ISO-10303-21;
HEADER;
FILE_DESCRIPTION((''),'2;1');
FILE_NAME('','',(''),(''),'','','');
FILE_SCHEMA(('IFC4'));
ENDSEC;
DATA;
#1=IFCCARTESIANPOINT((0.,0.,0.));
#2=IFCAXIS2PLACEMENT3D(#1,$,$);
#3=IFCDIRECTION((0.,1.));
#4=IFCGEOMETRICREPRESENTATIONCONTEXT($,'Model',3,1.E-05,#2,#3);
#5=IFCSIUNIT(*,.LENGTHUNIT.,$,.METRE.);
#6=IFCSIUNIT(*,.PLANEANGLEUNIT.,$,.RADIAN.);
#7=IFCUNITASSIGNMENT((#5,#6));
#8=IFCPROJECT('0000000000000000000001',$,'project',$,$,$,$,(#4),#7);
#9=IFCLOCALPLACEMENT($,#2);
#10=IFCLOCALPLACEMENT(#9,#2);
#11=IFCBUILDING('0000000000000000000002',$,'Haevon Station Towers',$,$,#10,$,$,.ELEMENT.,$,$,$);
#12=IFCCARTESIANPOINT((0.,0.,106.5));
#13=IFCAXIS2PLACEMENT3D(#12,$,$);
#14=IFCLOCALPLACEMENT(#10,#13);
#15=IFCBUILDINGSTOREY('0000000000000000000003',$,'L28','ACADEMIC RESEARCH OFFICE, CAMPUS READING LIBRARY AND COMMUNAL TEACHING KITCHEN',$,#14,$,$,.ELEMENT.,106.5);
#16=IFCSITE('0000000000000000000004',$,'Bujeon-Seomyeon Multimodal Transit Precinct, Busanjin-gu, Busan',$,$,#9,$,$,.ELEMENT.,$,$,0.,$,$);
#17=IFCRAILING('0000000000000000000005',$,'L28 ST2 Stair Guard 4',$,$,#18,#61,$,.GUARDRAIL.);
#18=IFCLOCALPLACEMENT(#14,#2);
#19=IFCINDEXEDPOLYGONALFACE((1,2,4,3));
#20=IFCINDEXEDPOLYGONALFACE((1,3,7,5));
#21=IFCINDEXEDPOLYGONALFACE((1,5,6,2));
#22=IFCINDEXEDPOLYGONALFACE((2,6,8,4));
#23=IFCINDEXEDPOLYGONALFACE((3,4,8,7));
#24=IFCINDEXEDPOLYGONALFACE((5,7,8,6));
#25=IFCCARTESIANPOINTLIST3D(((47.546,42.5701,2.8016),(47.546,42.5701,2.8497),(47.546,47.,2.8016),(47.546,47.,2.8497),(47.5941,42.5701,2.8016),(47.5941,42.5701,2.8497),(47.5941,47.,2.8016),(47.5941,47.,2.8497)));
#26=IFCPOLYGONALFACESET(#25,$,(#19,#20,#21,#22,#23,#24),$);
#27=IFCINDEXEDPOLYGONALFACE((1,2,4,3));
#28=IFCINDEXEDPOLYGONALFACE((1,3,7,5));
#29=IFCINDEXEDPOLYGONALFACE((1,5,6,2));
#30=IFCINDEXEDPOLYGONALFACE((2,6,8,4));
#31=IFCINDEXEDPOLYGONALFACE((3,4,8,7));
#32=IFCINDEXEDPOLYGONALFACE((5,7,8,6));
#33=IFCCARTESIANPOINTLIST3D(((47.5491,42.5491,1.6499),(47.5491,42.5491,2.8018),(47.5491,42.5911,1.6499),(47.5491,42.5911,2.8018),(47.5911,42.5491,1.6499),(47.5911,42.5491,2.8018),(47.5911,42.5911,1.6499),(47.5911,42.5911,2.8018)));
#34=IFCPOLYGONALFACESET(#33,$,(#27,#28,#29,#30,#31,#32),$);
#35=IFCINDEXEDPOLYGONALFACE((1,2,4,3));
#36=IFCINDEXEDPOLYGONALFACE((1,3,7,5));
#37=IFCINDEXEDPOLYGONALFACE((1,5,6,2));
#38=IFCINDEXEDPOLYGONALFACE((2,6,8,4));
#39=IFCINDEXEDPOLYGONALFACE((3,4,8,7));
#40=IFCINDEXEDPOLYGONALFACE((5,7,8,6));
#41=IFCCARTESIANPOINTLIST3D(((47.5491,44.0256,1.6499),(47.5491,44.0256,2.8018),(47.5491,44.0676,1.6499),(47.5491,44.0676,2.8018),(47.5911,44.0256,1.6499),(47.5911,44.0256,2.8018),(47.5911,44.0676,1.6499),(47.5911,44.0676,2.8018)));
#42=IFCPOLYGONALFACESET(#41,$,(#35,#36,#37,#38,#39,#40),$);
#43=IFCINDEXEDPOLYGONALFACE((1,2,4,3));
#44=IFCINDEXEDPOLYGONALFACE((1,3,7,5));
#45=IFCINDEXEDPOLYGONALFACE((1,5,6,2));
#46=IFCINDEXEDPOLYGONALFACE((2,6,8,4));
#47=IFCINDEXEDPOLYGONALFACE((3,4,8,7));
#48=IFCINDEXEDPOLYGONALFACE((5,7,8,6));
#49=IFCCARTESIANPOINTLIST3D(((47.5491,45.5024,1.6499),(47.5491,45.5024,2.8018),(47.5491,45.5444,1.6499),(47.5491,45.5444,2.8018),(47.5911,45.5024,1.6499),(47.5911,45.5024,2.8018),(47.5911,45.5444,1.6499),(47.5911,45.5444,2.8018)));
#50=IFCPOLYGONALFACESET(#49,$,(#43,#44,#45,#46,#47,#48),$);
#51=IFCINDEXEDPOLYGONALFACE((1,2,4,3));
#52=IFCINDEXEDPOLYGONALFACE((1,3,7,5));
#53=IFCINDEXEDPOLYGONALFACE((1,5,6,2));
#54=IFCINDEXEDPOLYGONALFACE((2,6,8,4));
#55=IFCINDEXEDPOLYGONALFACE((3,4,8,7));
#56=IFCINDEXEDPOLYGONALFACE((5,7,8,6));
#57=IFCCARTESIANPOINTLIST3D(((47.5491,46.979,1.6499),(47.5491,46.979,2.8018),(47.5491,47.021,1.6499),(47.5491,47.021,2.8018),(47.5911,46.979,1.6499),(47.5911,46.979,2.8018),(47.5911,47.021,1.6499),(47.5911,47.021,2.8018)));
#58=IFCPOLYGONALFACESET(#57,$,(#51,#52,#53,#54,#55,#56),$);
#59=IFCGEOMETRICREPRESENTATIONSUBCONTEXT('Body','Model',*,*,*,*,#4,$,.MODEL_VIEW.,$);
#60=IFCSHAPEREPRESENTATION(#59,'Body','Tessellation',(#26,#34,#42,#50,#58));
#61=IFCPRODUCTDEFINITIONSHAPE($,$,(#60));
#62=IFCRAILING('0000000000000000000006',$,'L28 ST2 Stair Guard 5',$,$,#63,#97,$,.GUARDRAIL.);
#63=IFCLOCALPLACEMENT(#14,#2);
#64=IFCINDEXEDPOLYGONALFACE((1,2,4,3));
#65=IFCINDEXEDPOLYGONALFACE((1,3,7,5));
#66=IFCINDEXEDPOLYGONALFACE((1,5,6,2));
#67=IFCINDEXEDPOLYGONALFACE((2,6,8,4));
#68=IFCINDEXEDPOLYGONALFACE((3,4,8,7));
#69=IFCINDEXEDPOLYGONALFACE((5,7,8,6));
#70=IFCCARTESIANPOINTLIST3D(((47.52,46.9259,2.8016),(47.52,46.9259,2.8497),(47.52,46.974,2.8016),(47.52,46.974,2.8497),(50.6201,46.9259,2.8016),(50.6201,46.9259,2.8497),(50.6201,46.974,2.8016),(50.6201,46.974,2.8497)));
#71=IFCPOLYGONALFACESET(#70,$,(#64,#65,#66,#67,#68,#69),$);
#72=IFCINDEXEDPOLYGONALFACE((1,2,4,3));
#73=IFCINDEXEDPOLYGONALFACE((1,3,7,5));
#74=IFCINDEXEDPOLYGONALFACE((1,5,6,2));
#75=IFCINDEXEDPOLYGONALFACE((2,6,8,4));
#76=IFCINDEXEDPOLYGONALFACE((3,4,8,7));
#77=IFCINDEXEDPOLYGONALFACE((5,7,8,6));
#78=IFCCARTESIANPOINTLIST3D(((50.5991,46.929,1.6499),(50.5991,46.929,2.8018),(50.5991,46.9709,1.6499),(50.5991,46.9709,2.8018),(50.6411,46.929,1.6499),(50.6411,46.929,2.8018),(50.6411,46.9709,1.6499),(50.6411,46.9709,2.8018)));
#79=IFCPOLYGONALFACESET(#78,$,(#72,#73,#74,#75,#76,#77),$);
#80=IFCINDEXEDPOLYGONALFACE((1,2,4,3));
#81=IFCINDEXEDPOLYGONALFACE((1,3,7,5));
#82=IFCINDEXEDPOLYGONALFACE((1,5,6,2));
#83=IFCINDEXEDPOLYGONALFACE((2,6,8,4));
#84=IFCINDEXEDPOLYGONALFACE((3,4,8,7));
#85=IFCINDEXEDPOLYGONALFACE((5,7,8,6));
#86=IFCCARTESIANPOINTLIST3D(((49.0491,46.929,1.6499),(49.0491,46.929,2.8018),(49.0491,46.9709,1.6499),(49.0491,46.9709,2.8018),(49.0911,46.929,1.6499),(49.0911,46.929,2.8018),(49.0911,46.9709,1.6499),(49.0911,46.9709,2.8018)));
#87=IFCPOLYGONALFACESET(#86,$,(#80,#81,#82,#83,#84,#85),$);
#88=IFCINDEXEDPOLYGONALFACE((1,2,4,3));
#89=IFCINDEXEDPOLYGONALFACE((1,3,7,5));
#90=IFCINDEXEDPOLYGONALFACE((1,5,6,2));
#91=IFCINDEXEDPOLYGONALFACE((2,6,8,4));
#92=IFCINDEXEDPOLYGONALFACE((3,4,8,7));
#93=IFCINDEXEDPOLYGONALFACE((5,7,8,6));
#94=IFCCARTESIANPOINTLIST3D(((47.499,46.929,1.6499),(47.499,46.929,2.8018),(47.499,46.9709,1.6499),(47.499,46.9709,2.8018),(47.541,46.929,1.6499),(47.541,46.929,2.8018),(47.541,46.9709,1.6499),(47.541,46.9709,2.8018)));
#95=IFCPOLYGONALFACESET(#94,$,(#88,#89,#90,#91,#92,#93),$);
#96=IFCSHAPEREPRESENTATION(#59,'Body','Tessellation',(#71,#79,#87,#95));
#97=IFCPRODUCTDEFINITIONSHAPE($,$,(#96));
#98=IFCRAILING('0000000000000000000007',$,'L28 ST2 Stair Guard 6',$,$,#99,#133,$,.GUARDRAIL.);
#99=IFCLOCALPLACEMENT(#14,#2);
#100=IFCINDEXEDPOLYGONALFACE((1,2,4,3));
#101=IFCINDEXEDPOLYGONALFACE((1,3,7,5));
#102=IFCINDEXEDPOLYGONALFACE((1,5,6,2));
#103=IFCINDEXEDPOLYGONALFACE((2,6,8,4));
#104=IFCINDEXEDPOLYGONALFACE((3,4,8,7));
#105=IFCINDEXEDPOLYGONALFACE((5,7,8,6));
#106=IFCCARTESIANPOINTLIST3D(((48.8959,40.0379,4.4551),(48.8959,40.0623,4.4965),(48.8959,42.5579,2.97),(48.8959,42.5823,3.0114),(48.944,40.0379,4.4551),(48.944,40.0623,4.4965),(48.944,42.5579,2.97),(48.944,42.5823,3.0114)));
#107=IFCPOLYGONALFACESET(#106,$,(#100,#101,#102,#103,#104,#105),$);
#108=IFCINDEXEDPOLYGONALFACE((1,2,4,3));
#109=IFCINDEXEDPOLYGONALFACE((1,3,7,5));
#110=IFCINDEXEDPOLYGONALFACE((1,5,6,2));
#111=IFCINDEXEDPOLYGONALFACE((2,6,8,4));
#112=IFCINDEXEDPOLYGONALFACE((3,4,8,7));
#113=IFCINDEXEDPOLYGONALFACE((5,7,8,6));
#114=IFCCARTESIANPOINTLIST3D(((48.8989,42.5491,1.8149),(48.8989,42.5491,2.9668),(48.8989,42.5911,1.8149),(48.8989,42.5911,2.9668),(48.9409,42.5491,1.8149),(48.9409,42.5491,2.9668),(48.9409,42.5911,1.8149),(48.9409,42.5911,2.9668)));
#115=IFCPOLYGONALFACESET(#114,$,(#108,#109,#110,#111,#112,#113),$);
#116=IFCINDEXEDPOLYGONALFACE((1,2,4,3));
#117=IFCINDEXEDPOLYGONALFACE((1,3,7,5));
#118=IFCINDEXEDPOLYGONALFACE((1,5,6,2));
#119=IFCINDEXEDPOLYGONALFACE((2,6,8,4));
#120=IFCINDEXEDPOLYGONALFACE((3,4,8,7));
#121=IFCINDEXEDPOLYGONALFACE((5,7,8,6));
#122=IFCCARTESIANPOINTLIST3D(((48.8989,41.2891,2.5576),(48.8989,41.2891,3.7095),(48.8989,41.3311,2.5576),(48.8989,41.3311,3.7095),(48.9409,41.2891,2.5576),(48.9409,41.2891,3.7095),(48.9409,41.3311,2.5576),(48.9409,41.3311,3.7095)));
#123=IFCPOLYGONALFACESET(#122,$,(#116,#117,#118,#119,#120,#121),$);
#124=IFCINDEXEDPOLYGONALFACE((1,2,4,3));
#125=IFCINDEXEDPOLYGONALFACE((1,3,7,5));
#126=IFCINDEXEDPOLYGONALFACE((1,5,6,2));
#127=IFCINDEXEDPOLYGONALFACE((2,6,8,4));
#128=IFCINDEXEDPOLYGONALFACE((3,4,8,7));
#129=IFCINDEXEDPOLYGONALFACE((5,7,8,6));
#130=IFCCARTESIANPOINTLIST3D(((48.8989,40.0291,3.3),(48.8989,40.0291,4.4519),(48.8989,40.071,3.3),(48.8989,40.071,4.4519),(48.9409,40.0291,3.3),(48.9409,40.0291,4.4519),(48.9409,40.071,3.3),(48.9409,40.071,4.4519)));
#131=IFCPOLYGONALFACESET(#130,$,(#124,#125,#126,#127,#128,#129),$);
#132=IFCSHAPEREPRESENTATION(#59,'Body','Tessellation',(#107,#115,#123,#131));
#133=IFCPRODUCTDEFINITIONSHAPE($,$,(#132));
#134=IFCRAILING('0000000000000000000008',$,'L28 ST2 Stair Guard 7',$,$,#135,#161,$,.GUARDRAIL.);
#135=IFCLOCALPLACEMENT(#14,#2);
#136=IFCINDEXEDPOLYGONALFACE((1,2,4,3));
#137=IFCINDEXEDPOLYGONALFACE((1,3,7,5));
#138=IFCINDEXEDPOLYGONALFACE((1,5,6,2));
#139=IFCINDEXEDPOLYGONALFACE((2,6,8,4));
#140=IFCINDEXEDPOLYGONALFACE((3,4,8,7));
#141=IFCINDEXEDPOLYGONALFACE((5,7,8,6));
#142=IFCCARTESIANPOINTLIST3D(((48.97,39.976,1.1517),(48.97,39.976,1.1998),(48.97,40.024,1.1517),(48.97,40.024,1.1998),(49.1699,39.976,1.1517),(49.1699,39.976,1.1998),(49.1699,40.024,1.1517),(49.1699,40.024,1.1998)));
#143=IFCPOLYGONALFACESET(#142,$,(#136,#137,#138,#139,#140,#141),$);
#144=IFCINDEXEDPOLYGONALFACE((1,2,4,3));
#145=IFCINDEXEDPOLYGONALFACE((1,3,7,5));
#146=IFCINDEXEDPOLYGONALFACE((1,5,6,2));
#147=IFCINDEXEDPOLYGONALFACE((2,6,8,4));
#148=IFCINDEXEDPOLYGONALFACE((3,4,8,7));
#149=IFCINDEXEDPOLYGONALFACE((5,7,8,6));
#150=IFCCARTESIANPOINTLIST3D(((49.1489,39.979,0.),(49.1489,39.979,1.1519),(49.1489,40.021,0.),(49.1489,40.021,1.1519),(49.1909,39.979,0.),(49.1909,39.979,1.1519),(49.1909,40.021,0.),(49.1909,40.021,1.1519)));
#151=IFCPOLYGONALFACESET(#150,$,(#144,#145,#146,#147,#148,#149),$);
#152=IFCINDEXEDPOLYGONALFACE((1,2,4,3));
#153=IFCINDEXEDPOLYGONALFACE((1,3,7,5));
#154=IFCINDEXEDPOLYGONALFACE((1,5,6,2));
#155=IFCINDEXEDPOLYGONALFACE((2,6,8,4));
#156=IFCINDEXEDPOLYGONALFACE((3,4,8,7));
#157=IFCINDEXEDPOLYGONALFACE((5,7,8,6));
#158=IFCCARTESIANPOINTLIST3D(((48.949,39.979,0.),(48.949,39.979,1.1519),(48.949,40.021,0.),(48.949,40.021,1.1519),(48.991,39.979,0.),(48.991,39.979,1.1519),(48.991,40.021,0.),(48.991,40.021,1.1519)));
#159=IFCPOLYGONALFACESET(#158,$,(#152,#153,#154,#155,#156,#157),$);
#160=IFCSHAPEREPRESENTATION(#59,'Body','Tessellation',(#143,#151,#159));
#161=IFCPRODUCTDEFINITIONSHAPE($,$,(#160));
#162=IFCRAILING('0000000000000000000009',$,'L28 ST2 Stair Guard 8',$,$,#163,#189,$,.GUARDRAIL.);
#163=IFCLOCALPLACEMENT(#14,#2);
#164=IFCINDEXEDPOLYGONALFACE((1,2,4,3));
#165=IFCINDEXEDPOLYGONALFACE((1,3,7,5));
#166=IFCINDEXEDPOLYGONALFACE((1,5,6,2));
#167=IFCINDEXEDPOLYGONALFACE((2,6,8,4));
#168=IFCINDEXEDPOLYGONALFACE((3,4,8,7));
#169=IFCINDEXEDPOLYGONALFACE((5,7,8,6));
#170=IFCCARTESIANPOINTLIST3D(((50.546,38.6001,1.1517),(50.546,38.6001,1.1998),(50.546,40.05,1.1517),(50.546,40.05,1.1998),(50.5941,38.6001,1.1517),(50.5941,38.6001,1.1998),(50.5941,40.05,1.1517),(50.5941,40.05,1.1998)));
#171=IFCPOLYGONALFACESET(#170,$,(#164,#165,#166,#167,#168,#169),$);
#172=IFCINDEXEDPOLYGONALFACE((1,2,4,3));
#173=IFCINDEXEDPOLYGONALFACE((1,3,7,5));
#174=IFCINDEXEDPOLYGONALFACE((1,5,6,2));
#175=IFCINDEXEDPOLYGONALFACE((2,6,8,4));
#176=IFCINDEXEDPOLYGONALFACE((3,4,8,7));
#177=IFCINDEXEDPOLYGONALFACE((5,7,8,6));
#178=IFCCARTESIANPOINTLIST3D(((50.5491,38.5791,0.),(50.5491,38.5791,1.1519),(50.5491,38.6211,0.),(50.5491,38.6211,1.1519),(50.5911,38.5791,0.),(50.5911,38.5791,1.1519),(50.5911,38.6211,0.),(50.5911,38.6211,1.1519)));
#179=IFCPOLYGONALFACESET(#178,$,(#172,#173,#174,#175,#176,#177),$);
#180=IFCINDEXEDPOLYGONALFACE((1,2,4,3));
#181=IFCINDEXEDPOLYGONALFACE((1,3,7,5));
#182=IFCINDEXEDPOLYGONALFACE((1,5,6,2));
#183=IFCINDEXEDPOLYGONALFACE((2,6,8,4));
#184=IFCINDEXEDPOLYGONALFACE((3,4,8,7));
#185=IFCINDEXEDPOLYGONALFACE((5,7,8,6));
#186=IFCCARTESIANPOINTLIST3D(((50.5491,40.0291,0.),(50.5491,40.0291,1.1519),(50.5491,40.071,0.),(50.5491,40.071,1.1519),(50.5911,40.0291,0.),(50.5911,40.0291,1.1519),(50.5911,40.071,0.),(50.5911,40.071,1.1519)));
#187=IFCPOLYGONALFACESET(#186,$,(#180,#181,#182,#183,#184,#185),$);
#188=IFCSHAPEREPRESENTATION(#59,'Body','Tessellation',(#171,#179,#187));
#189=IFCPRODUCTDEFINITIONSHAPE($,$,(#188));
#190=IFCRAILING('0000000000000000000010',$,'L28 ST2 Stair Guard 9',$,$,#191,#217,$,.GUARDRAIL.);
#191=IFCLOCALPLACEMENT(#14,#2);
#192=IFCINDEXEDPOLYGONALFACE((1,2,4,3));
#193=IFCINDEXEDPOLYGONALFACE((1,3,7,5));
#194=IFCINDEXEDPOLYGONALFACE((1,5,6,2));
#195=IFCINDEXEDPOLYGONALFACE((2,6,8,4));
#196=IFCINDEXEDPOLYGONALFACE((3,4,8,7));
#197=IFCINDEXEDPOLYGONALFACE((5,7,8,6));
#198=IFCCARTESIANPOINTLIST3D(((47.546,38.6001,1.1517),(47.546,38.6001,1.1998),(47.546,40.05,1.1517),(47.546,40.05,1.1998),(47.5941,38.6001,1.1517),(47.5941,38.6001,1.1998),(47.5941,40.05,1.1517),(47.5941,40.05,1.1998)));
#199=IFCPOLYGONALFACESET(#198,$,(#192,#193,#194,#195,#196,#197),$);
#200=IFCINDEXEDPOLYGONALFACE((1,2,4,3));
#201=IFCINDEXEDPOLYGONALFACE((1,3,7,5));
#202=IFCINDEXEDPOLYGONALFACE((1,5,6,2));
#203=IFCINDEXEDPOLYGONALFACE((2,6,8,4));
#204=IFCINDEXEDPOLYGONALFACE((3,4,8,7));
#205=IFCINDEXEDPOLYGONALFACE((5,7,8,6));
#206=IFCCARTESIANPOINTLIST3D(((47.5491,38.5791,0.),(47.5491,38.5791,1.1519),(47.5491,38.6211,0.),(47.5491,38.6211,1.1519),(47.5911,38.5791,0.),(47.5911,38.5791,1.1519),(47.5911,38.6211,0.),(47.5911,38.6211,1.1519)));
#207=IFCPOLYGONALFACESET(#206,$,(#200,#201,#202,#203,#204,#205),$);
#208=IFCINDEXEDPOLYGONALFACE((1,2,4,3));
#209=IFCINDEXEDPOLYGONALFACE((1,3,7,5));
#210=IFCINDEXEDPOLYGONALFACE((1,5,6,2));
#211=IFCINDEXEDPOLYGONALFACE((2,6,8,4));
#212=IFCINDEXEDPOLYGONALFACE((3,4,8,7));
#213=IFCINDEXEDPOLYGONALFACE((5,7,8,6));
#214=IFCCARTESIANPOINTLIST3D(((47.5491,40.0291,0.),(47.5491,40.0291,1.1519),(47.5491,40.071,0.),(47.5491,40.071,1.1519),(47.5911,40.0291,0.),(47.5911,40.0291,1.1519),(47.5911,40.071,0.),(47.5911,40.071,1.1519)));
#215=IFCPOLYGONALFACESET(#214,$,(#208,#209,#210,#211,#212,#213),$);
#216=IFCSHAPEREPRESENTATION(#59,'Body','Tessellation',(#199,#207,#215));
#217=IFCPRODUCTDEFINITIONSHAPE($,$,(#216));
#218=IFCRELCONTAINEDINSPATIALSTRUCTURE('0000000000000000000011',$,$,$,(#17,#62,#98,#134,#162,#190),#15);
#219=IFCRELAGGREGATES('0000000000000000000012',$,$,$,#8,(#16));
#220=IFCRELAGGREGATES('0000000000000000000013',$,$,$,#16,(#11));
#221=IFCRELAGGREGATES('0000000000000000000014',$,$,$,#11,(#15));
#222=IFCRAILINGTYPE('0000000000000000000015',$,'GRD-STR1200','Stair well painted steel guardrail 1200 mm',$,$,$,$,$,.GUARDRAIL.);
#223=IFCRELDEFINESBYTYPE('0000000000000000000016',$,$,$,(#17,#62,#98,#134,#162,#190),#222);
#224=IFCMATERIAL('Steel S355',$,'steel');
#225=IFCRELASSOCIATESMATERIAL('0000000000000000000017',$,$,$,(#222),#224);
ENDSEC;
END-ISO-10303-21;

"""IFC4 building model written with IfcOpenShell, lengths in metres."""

from ifc_helpers import new_model, si_unit, direction, frame, origin, origin_2d, place, context, subcontext, project, spatial, rectangle, extrude, material, type_object, element, save


model = new_model("IFC4")

# Units and contexts
model_context = context("Model", 3, precision=1e-05, world=origin(), true_north=direction((0.0, 1.0)))
body_context = subcontext(model_context, "Body", "Model", "MODEL_VIEW")
ifc_project = project(units=[si_unit("LENGTHUNIT", "METRE"), si_unit("PLANEANGLEUNIT", "RADIAN")], contexts=[model_context])

# Site, building, storey
site_placement = place(None, origin())
site = spatial("IfcSite", under=ifc_project, at=site_placement, Name="Bujeon-Seomyeon Multimodal Transit Precinct, Busanjin-gu, Busan", CompositionType="ELEMENT", RefElevation=0.0)
building_placement = place(site_placement, origin())
building = spatial("IfcBuilding", under=site, at=building_placement, Name="Haevon Station Towers", CompositionType="ELEMENT")
storey_placement = place(building_placement, frame((0.0, 0.0, 106.5)))
storey = spatial("IfcBuildingStorey", under=building, at=storey_placement, Name="L28", Description="ACADEMIC RESEARCH OFFICE, CAMPUS READING LIBRARY AND COMMUNAL TEACHING KITCHEN", CompositionType="ELEMENT", Elevation=106.5)

# Shared definitions
ifc_material_1 = material(Name="Steel S355", Category="steel")

# Railings
railing_type_1 = type_object("IfcRailingType", Name="GRD-STR1200", Description="Stair well painted steel guardrail 1200 mm", PredefinedType="GUARDRAIL", material=ifc_material_1)
for number, where, name in (
    (1, (47.5701, 42.5701, 1.6499), "L28 ST2 Stair Guard 4"),
):
    element("IfcRailing", number, at=place(storey_placement, frame(where)), inside=storey, type_object=railing_type_1, Name=name, PredefinedType="GUARDRAIL", context=body_context, shape_type="SweptSolid", body=[
        extrude(rectangle(XDim=0.0481, YDim=0.0481, at=origin_2d()), frame((0.0, 0.0, 1.1758), z_axis=(0.0, 1.0, 0.0), x_axis=(-1.0, 0.0, 0.0)), (0.0, 0.0, 1.0), 4.4299),
        extrude(rectangle(XDim=0.042, YDim=0.042, at=origin_2d()), origin(), (0.0, 0.0, 1.0), 1.1519),
        extrude(rectangle(XDim=0.042, YDim=0.042, at=origin_2d()), frame((0.0, 1.4766, 0.0)), (0.0, 0.0, 1.0), 1.1519),
        extrude(rectangle(XDim=0.042, YDim=0.042, at=origin_2d()), frame((0.0, 2.9534, 0.0)), (0.0, 0.0, 1.0), 1.1519),
        extrude(rectangle(XDim=0.042, YDim=0.042, at=origin_2d()), frame((0.0, 4.4299, 0.0)), (0.0, 0.0, 1.0), 1.1519),
    ])
railing_1_placement = place(storey_placement, frame((50.6201, 46.95, 1.6499)))
element("IfcRailing", 2, at=railing_1_placement, inside=storey, type_object=railing_type_1, Name="L28 ST2 Stair Guard 5", PredefinedType="GUARDRAIL", context=body_context, shape_type="SweptSolid", body=[
    extrude(rectangle(XDim=0.0481, YDim=0.0481, at=origin_2d()), frame((0.0, 0.0, 1.1758), z_axis=(-1.0, 0.0, 0.0), x_axis=(0.0, -1.0, 0.0)), (0.0, 0.0, 1.0), 3.1001),
    extrude(rectangle(XDim=0.042, YDim=0.042, at=origin_2d()), origin(), (0.0, 0.0, 1.0), 1.1519),
    extrude(rectangle(XDim=0.042, YDim=0.042, at=origin_2d()), frame((-1.55, 0.0, 0.0)), (0.0, 0.0, 1.0), 1.1519),
    extrude(rectangle(XDim=0.042, YDim=0.042, at=origin_2d()), frame((-3.1001, 0.0, 0.0)), (0.0, 0.0, 1.0), 1.1519),
])
railing_2_placement = place(storey_placement, frame((48.9199, 42.5701, 1.8149)))
element("IfcRailing", 3, at=railing_2_placement, inside=storey, type_object=railing_type_1, Name="L28 ST2 Stair Guard 6", PredefinedType="GUARDRAIL", context=body_context, shape_type="SweptSolid", body=[
    extrude(rectangle(XDim=0.0481, YDim=0.0481, at=origin_2d()), frame((0.0, 0.0, 1.1758), z_axis=(0.0, -0.861524, 0.507717), x_axis=(1.0, 0.0, 0.0)), (0.0, 0.0, 1.0), 2.925),
    extrude(rectangle(XDim=0.042, YDim=0.042, at=origin_2d()), origin(), (0.0, 0.0, 1.0), 1.1519),
    extrude(rectangle(XDim=0.042, YDim=0.042, at=origin_2d()), frame((0.0, -1.26, 0.7427)), (0.0, 0.0, 1.0), 1.1519),
    extrude(rectangle(XDim=0.042, YDim=0.042, at=origin_2d()), frame((0.0, -2.52, 1.4851)), (0.0, 0.0, 1.0), 1.1519),
])
railing_3_placement = place(storey_placement, frame((49.1699, 40.0, 0.0)))
element("IfcRailing", 4, at=railing_3_placement, inside=storey, type_object=railing_type_1, Name="L28 ST2 Stair Guard 7", PredefinedType="GUARDRAIL", context=body_context, shape_type="SweptSolid", body=[
    extrude(rectangle(XDim=0.0481, YDim=0.0481, at=origin_2d()), frame((0.0, 0.0, 1.1758), z_axis=(-1.0, 0.0, 0.0), x_axis=(0.0, -1.0, 0.0)), (0.0, 0.0, 1.0), 0.2),
    extrude(rectangle(XDim=0.042, YDim=0.042, at=origin_2d()), origin(), (0.0, 0.0, 1.0), 1.1519),
    extrude(rectangle(XDim=0.042, YDim=0.042, at=origin_2d()), frame((-0.2, 0.0, 0.0)), (0.0, 0.0, 1.0), 1.1519),
])
for number, where, name in (
    (5, (50.5701, 38.6001, 0.0), "L28 ST2 Stair Guard 8"),
    (6, (47.5701, 38.6001, 0.0), "L28 ST2 Stair Guard 9"),
):
    element("IfcRailing", number, at=place(storey_placement, frame(where)), inside=storey, type_object=railing_type_1, Name=name, PredefinedType="GUARDRAIL", context=body_context, shape_type="SweptSolid", body=[
        extrude(rectangle(XDim=0.0481, YDim=0.0481, at=origin_2d()), frame((0.0, 0.0, 1.1758), z_axis=(0.0, 1.0, 0.0), x_axis=(-1.0, 0.0, 0.0)), (0.0, 0.0, 1.0), 1.45),
        extrude(rectangle(XDim=0.042, YDim=0.042, at=origin_2d()), origin(), (0.0, 0.0, 1.0), 1.1519),
        extrude(rectangle(XDim=0.042, YDim=0.042, at=origin_2d()), frame((0.0, 1.45, 0.0)), (0.0, 0.0, 1.0), 1.1519),
    ])

save(model, "model.ifc")
